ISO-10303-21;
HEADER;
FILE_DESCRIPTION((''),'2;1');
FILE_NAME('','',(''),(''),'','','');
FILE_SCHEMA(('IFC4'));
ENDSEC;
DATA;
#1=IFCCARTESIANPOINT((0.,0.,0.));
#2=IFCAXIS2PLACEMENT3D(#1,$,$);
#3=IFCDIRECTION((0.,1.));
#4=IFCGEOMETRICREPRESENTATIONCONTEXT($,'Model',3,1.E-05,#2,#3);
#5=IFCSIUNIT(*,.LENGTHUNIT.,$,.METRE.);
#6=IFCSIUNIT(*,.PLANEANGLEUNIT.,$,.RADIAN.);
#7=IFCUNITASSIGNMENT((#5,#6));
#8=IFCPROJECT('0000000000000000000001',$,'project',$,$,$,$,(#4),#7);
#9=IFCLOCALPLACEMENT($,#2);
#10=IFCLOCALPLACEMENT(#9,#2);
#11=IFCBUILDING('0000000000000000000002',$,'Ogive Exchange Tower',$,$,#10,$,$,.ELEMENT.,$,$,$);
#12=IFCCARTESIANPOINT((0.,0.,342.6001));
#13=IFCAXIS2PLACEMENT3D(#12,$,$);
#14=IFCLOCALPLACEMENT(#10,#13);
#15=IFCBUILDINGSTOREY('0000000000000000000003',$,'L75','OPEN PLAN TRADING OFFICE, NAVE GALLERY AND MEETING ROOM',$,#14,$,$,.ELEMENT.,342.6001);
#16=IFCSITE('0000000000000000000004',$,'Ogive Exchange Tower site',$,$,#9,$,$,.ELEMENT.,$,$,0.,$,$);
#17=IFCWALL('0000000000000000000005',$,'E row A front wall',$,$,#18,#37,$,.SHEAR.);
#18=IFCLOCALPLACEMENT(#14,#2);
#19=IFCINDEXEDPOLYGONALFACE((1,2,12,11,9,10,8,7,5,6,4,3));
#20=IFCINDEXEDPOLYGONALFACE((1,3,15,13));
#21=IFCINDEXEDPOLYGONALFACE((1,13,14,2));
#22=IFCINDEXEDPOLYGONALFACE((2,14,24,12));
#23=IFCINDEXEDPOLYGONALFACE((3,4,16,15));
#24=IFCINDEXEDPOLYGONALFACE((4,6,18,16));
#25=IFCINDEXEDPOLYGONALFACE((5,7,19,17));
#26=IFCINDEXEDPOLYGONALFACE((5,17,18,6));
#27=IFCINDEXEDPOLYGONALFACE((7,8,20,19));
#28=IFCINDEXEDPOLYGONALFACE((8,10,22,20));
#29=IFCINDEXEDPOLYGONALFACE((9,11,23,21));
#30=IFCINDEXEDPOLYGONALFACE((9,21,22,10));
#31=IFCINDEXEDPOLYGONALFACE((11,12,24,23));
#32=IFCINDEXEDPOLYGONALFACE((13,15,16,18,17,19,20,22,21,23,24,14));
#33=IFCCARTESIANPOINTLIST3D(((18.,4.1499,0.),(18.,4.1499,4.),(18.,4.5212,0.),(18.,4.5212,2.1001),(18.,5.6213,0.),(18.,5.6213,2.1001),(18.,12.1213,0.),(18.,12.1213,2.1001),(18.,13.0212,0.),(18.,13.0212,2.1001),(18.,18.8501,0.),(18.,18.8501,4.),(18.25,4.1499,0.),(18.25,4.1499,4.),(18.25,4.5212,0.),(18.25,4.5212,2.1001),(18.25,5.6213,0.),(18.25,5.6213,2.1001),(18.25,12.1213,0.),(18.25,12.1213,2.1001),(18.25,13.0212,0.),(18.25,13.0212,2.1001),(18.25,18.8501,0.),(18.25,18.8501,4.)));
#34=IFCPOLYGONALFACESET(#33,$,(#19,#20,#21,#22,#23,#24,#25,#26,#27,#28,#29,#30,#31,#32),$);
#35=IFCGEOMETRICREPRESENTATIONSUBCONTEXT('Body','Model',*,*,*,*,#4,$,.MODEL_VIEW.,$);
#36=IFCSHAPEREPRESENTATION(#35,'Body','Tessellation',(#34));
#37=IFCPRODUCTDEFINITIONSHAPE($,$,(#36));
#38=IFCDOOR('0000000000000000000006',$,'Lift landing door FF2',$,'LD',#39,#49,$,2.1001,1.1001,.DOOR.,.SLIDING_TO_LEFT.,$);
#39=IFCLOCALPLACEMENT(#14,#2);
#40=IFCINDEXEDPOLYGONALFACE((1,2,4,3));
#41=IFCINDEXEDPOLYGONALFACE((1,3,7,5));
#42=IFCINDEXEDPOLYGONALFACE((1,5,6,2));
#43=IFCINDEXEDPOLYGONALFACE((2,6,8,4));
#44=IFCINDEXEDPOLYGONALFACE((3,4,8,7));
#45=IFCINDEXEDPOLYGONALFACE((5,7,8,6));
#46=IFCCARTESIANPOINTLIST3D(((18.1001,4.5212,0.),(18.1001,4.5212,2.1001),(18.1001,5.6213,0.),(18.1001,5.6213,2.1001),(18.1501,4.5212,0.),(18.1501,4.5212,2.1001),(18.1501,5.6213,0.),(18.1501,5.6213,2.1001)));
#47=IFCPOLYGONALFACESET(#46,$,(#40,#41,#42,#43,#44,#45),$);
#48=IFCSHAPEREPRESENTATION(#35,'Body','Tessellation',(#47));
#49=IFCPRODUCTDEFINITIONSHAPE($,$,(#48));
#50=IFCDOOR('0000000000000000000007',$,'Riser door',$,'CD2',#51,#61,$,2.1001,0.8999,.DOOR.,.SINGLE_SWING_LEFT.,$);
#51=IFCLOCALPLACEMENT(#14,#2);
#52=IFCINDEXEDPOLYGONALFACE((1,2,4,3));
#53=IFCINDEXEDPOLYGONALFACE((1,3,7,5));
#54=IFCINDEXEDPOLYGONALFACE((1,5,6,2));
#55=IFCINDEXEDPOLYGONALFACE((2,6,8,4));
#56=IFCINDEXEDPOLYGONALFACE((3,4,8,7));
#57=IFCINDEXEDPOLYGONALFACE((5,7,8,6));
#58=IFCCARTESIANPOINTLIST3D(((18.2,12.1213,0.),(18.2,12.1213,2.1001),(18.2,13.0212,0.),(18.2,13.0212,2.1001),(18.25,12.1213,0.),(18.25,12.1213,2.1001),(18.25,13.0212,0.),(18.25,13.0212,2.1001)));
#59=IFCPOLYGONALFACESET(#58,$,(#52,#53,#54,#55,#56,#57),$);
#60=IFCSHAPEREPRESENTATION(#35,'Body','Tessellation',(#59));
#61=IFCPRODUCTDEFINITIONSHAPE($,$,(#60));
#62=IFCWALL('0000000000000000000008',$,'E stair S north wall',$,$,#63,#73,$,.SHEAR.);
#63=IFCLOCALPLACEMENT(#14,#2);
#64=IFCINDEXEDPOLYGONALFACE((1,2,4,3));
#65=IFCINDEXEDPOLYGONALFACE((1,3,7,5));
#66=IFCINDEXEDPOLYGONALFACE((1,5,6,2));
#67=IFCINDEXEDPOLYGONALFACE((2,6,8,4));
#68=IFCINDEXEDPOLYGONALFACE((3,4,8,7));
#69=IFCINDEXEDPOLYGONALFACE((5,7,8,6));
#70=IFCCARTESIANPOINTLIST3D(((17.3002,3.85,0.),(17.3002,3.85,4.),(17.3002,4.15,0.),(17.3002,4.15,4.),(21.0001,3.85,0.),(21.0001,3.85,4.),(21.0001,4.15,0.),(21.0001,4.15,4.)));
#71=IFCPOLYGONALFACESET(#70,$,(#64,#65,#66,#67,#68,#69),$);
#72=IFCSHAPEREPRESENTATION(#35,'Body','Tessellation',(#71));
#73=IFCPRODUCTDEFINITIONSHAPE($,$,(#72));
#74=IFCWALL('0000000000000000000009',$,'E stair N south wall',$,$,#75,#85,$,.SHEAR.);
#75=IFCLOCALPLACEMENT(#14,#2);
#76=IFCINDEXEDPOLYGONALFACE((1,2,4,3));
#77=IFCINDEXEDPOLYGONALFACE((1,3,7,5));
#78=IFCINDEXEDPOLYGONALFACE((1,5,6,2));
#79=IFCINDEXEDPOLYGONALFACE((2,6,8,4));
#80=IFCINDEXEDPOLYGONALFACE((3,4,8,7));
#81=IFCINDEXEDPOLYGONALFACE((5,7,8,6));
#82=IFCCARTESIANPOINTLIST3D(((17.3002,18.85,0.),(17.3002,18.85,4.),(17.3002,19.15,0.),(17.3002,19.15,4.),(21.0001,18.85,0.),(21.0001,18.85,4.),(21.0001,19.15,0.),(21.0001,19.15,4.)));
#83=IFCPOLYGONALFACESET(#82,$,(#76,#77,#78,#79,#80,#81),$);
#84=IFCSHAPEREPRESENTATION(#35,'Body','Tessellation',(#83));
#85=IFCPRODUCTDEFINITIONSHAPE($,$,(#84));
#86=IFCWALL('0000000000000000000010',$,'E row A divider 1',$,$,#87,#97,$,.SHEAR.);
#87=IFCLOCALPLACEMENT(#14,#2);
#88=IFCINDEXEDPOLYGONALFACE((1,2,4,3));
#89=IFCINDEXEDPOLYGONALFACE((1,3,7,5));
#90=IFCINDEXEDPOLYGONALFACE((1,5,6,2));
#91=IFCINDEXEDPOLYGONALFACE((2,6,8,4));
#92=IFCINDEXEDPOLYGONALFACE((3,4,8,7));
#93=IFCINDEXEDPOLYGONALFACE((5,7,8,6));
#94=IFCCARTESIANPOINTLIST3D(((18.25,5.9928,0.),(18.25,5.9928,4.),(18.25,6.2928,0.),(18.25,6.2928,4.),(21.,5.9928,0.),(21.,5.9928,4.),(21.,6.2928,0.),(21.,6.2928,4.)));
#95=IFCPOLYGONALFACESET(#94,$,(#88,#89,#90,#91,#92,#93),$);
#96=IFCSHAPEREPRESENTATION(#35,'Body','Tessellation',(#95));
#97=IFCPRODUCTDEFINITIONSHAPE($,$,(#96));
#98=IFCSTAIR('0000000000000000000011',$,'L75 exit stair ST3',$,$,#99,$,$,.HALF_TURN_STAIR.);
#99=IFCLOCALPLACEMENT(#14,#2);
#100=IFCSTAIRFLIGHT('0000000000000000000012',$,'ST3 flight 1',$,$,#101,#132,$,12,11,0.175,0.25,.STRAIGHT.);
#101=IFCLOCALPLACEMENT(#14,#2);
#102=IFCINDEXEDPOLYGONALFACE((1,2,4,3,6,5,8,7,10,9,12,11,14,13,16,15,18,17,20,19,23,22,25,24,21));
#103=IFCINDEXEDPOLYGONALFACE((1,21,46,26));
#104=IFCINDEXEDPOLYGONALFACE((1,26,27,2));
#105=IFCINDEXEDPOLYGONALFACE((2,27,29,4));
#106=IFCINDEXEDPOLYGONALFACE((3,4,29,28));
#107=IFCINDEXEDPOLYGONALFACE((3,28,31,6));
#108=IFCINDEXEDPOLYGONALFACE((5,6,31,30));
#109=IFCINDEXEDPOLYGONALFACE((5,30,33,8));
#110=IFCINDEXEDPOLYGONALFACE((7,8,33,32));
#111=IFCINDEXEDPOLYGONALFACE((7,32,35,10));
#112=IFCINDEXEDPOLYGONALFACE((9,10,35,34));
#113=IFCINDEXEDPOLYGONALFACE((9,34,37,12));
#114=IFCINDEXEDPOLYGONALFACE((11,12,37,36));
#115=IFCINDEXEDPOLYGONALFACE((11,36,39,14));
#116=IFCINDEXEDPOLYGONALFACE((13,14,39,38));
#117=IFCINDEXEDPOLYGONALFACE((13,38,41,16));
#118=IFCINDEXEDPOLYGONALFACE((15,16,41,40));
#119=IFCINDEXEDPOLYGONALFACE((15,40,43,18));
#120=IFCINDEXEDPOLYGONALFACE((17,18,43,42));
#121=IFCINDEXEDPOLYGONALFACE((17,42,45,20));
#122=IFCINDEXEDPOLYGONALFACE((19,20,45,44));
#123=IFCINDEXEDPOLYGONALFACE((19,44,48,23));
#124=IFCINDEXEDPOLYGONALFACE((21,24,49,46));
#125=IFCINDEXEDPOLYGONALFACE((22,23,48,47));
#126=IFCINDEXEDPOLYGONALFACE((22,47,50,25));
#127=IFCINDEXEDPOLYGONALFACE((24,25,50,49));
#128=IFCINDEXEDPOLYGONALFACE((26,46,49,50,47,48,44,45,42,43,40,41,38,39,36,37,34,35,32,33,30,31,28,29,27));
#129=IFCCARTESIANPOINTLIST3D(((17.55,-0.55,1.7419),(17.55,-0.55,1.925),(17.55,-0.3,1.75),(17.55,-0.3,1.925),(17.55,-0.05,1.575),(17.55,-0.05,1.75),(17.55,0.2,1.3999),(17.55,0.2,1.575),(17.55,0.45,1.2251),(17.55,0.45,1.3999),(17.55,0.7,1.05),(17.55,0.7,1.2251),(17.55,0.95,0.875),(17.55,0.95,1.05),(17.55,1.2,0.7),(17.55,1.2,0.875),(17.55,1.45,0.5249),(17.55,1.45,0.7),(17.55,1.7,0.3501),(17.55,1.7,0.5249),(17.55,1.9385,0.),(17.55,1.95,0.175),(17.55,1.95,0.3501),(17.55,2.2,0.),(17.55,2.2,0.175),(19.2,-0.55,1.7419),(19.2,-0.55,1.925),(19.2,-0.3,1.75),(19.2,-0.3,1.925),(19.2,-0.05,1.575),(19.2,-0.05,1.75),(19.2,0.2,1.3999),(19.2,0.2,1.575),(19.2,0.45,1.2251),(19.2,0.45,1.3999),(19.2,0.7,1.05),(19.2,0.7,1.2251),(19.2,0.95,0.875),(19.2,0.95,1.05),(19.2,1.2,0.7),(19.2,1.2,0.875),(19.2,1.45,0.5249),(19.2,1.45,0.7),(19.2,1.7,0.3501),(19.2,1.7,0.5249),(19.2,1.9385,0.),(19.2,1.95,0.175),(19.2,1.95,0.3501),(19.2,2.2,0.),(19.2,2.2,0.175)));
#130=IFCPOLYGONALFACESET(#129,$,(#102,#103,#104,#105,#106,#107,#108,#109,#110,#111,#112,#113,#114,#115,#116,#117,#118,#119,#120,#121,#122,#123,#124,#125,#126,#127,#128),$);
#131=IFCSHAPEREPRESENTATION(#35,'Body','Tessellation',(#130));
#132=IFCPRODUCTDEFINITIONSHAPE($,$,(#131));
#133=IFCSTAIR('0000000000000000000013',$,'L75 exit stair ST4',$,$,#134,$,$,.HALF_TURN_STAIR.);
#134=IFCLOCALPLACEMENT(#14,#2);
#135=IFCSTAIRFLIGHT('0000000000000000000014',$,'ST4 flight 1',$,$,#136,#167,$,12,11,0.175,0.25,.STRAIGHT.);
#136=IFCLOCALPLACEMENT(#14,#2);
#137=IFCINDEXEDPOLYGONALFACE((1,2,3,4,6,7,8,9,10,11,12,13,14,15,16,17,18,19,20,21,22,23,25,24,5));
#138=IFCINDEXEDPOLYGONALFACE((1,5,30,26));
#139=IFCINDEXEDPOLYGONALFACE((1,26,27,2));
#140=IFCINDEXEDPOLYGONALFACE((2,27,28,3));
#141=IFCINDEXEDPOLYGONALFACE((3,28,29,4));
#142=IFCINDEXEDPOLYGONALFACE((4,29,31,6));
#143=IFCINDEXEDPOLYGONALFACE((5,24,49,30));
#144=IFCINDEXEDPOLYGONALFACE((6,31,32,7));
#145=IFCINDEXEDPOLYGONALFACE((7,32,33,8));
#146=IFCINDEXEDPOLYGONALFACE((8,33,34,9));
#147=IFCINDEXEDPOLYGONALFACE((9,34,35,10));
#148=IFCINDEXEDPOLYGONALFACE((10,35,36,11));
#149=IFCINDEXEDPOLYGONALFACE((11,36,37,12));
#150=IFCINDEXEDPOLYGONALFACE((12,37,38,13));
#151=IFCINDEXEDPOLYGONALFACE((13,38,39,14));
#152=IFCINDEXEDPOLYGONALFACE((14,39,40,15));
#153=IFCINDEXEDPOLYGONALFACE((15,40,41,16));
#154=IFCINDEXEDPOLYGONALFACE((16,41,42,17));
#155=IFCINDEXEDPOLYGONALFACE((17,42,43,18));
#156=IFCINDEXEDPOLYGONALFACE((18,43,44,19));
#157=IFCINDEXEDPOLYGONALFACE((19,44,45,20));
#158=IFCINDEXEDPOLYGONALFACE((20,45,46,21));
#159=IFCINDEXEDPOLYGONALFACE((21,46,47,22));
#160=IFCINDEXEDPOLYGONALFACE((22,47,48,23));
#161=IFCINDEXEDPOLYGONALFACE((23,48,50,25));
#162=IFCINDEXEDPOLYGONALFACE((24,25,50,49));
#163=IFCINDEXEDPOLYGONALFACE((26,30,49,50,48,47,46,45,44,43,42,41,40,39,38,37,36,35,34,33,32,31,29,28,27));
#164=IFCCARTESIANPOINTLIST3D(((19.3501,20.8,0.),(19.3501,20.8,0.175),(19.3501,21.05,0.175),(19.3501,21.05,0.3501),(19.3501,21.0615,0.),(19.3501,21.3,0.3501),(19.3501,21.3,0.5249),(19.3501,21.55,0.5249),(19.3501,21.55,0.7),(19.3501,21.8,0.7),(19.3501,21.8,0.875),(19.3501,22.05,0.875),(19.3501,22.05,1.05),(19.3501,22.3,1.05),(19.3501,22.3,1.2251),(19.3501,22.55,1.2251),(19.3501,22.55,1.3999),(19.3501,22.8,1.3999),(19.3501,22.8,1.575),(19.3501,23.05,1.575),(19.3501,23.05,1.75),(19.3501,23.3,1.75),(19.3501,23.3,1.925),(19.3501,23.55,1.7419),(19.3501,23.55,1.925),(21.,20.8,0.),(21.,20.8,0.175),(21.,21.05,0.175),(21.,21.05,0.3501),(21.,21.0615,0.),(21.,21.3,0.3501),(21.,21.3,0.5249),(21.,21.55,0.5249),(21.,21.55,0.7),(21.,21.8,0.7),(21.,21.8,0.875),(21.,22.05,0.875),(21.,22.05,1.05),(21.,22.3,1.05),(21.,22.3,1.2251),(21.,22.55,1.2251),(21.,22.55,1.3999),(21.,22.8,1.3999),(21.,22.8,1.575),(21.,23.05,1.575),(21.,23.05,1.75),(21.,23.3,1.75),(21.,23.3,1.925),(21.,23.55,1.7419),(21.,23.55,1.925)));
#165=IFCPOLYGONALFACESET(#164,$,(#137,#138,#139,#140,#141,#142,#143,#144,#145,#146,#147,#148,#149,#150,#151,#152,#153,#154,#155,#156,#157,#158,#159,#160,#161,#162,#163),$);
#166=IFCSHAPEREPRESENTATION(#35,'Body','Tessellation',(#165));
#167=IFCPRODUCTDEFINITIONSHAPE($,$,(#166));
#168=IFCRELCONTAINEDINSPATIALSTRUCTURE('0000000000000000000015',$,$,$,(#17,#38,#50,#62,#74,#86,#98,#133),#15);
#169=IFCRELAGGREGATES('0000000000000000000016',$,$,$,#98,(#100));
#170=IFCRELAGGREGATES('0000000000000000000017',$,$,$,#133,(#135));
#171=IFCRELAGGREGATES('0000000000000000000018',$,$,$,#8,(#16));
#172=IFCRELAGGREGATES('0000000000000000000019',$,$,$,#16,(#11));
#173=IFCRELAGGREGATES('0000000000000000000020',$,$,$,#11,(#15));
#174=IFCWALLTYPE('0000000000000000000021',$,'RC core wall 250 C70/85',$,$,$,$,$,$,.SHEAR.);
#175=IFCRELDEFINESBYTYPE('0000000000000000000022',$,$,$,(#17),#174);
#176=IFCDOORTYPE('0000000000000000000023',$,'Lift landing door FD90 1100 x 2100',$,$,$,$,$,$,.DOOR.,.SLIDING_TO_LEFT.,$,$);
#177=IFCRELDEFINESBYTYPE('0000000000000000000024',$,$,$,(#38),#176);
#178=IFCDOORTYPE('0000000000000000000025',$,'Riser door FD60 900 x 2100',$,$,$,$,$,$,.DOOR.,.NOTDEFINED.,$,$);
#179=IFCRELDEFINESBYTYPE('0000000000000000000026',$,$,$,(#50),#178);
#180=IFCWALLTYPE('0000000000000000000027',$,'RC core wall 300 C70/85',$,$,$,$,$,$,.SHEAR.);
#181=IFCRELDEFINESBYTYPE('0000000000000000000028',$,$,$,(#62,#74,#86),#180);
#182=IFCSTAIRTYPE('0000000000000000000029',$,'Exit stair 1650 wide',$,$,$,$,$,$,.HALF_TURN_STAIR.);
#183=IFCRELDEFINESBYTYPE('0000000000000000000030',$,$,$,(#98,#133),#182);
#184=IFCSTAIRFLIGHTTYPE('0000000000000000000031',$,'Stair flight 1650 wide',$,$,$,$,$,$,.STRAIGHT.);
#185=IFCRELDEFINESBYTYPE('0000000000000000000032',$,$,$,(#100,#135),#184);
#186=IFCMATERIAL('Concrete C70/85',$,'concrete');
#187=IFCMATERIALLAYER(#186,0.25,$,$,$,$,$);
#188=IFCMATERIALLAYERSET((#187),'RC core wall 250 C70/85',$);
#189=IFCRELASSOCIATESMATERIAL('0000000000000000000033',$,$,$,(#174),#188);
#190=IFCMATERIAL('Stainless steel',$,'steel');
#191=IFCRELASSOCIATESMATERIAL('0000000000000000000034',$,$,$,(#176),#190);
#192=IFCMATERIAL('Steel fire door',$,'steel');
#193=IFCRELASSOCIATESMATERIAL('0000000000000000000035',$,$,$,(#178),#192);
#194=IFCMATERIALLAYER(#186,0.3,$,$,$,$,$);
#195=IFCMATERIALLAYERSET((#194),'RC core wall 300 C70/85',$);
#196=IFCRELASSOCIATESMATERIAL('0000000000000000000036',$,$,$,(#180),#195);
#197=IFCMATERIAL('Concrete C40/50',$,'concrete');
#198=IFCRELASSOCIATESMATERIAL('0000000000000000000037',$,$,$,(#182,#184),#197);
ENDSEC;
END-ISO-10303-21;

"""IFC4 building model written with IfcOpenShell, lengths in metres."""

from ifc_helpers import new_model, si_unit, direction, frame, frame_2d, origin, place, context, subcontext, project, spatial, polyline, rectangle, outline, extrude, material, layer, layer_set, type_object, element, fill, aggregate, save


model = new_model("IFC4")

# Units and contexts
model_context = context("Model", 3, precision=1e-05, world=origin(), true_north=direction((0.0, 1.0)))
body_context = subcontext(model_context, "Body", "Model", "MODEL_VIEW")
ifc_project = project(units=[si_unit("LENGTHUNIT", "METRE"), si_unit("PLANEANGLEUNIT", "RADIAN")], contexts=[model_context])

# Site, building, storey
site_placement = place(None, origin())
site = spatial("IfcSite", under=ifc_project, at=site_placement, Name="Ogive Exchange Tower site", CompositionType="ELEMENT", RefElevation=0.0)
building_placement = place(site_placement, origin())
building = spatial("IfcBuilding", under=site, at=building_placement, Name="Ogive Exchange Tower", CompositionType="ELEMENT")
storey_placement = place(building_placement, frame((0.0, 0.0, 342.6001)))
storey = spatial("IfcBuildingStorey", under=building, at=storey_placement, Name="L75", Description="OPEN PLAN TRADING OFFICE, NAVE GALLERY AND MEETING ROOM", CompositionType="ELEMENT", Elevation=342.6001)

# Shared definitions
ifc_material_1 = material(Name="Concrete C70/85", Category="concrete")
ifc_material_2 = material(Name="Steel fire door", Category="steel")
ifc_layer_1 = layer(ifc_material_1, 0.25)
ifc_layer_set_1 = layer_set([ifc_layer_1], Name="RC core wall 250 C70/85")
wall_type_1 = type_object("IfcWallType", Name="RC core wall 250 C70/85", PredefinedType="SHEAR", material=ifc_layer_set_1)

# Wall, openings, doors
wall_1_placement = place(storey_placement, frame((18.125, 4.1499, 0.0), z_axis=(0.0, 0.0, 1.0), x_axis=(0.0, 1.0, 0.0)))
wall_1 = element("IfcWall", 1, at=wall_1_placement, inside=storey, type_object=wall_type_1, Name="E row A front wall", PredefinedType="SHEAR", context=body_context, shape_type="SweptSolid", body=[
    extrude(rectangle(XDim=14.7002, YDim=0.25, at=frame_2d((7.3501, 0.0))), origin(), (0.0, 0.0, 1.0), 4.0),
])
opening_1_placement = place(wall_1_placement, frame((7.9714, 0.0, 0.0)))
opening_1 = element("IfcOpeningElement", 2, at=opening_1_placement, cuts=wall_1, PredefinedType="OPENING", context=body_context, shape_type="SweptSolid", body=[
    extrude(rectangle(XDim=0.8999, YDim=2.1001, at=frame_2d((0.45, 1.05))), frame((0.0, 0.135, 0.0), z_axis=(0.0, -1.0, 0.0), x_axis=(1.0, 0.0, 0.0)), (0.0, 0.0, 1.0), 0.27),
])
opening_2_placement = place(wall_1_placement, frame((0.3713, 0.0, 0.0)))
opening_2 = element("IfcOpeningElement", 3, at=opening_2_placement, cuts=wall_1, PredefinedType="OPENING", context=body_context, shape_type="SweptSolid", body=[
    extrude(rectangle(XDim=1.1001, YDim=2.1001, at=frame_2d((0.55, 1.05))), frame((0.0, 0.135, 0.0), z_axis=(0.0, -1.0, 0.0), x_axis=(1.0, 0.0, 0.0)), (0.0, 0.0, 1.0), 0.27),
])
ifc_material_3 = material(Name="Stainless steel", Category="steel")
door_type_1 = type_object("IfcDoorType", Name="Lift landing door FD90 1100 x 2100", OperationType="SLIDING_TO_LEFT", PredefinedType="DOOR", material=ifc_material_3)
door_1_placement = place(opening_2_placement, origin())
door_1 = element("IfcDoor", 4, at=door_1_placement, inside=storey, type_object=door_type_1, Name="Lift landing door FF2", ObjectType="LD", OperationType="SLIDING_TO_LEFT", OverallHeight=2.1001, OverallWidth=1.1001, PredefinedType="DOOR", context=body_context, shape_type="SweptSolid", body=[
    extrude(rectangle(XDim=1.1001, YDim=2.1001, at=frame_2d((0.55, 1.05))), frame((0.0, 0.0249, 0.0), z_axis=(0.0, -1.0, 0.0), x_axis=(1.0, 0.0, 0.0)), (0.0, 0.0, 1.0), 0.05),
])
fill(opening_2, door_1)
door_type_2 = type_object("IfcDoorType", Name="Riser door FD60 900 x 2100", OperationType="NOTDEFINED", PredefinedType="DOOR", material=ifc_material_2)
door_2_placement = place(opening_1_placement, frame((0.8999, -0.2002, 0.0), z_axis=(0.0, 0.0, 1.0), x_axis=(-1.0, 0.0, 0.0)))
door_2 = element("IfcDoor", 5, at=door_2_placement, inside=storey, type_object=door_type_2, Name="Riser door", ObjectType="CD2", OperationType="SINGLE_SWING_LEFT", OverallHeight=2.1001, OverallWidth=0.8999, PredefinedType="DOOR", context=body_context, shape_type="SweptSolid", body=[
    extrude(rectangle(XDim=0.8999, YDim=2.1001, at=frame_2d((0.45, 1.05))), frame((0.0, -0.0752, 0.0), z_axis=(0.0, -1.0, 0.0), x_axis=(1.0, 0.0, 0.0)), (0.0, 0.0, 1.0), 0.05),
])
fill(opening_1, door_2)

# Walls
ifc_layer_2 = layer(ifc_material_1, 0.3)
ifc_layer_set_2 = layer_set([ifc_layer_2], Name="RC core wall 300 C70/85")
wall_type_2 = type_object("IfcWallType", Name="RC core wall 300 C70/85", PredefinedType="SHEAR", material=ifc_layer_set_2)
for number, where, z_axis, x_axis, name in (
    (6, (17.3, 4.0, 0.0), (0.0, 0.0, 1.0), (1.0, 0.0, 0.0), "E stair S north wall"),
    (7, (17.3, 19.0, 0.0), (0.0, 0.0, 1.0), (1.0, 0.0, 0.0), "E stair N south wall"),
):
    element("IfcWall", number, at=place(storey_placement, frame(where, z_axis=z_axis, x_axis=x_axis)), inside=storey, type_object=wall_type_2, Name=name, PredefinedType="SHEAR", context=body_context, shape_type="SweptSolid", body=[
        extrude(rectangle(XDim=3.7, YDim=0.3, at=frame_2d((1.8501, 0.0))), origin(), (0.0, 0.0, 1.0), 4.0),
    ])
wall_2_placement = place(storey_placement, frame((18.25, 6.1428, 0.0), z_axis=(0.0, 0.0, 1.0), x_axis=(1.0, 0.0, 0.0)))
element("IfcWall", 8, at=wall_2_placement, inside=storey, type_object=wall_type_2, Name="E row A divider 1", PredefinedType="SHEAR", context=body_context, shape_type="SweptSolid", body=[
    extrude(rectangle(XDim=2.75, YDim=0.3, at=frame_2d((1.375, 0.0))), origin(), (0.0, 0.0, 1.0), 4.0),
])

# Stairs, stair flights
ifc_material_4 = material(Name="Concrete C40/50", Category="concrete")
stair_type = type_object("IfcStairType", Name="Exit stair 1650 wide", PredefinedType="HALF_TURN_STAIR", material=ifc_material_4)
stair_1_placement = place(storey_placement, origin())
stair_1 = element("IfcStair", 9, at=stair_1_placement, inside=storey, type_object=stair_type, Name="L75 exit stair ST3", PredefinedType="HALF_TURN_STAIR")
stair_flight_type = type_object("IfcStairFlightType", Name="Stair flight 1650 wide", PredefinedType="STRAIGHT", material=ifc_material_4)
stair_flight_1_placement = place(storey_placement, frame((18.375, 2.2, 0.0), z_axis=(0.0, 0.0, 1.0), x_axis=(0.0, -1.0, 0.0)))
stair_flight_1 = element("IfcStairFlight", 10, at=stair_flight_1_placement, type_object=stair_flight_type, Name="ST3 flight 1", NumberOfRisers=12, NumberOfTreads=11, PredefinedType="STRAIGHT", RiserHeight=0.175, TreadLength=0.25, context=body_context, shape_type="SweptSolid", body=[
    extrude(outline(polyline([(0.0, 0.0), (0.0, 0.175), (0.25, 0.175), (0.25, 0.3501), (0.5, 0.3501), (0.5, 0.5249), (0.75, 0.5249), (0.75, 0.7), (1.0, 0.7), (1.0, 0.875), (1.25, 0.875), (1.25, 1.05), (1.5, 1.05), (1.5, 1.2251), (1.75, 1.2251), (1.75, 1.3999), (2.0, 1.3999), (2.0, 1.575), (2.25, 1.575), (2.25, 1.75), (2.5, 1.75), (2.5, 1.925), (2.75, 1.925), (2.75, 2.1001), (2.75, 1.7419), (0.2615, 0.0), (0.0, 0.0)])), frame((0.0, 0.825, 0.0), z_axis=(0.0, -1.0, 0.0), x_axis=(1.0, 0.0, 0.0)), (0.0, 0.0, 1.0), 1.6499),
])
aggregate(stair_1, [stair_flight_1])
stair_2_placement = place(storey_placement, origin())
stair_2 = element("IfcStair", 11, at=stair_2_placement, inside=storey, type_object=stair_type, Name="L75 exit stair ST4", PredefinedType="HALF_TURN_STAIR")
stair_flight_2_placement = place(storey_placement, frame((20.175, 20.8, 0.0), z_axis=(0.0, 0.0, 1.0), x_axis=(0.0, 1.0, 0.0)))
stair_flight_2 = element("IfcStairFlight", 12, at=stair_flight_2_placement, type_object=stair_flight_type, Name="ST4 flight 1", NumberOfRisers=12, NumberOfTreads=11, PredefinedType="STRAIGHT", RiserHeight=0.175, TreadLength=0.25, context=body_context, shape_type="SweptSolid", body=[
    extrude(outline(polyline([(0.0, 0.0), (0.0, 0.175), (0.25, 0.175), (0.25, 0.3501), (0.5, 0.3501), (0.5, 0.5249), (0.75, 0.5249), (0.75, 0.7), (1.0, 0.7), (1.0, 0.875), (1.25, 0.875), (1.25, 1.05), (1.5, 1.05), (1.5, 1.2251), (1.75, 1.2251), (1.75, 1.3999), (2.0, 1.3999), (2.0, 1.575), (2.25, 1.575), (2.25, 1.75), (2.5, 1.75), (2.5, 1.925), (2.75, 1.925), (2.75, 2.1001), (2.75, 1.7419), (0.2615, 0.0), (0.0, 0.0)])), frame((0.0, 0.825, 0.0), z_axis=(0.0, -1.0, 0.0), x_axis=(1.0, 0.0, 0.0)), (0.0, 0.0, 1.0), 1.6499),
])
aggregate(stair_2, [stair_flight_2])

save(model, "model.ifc")
